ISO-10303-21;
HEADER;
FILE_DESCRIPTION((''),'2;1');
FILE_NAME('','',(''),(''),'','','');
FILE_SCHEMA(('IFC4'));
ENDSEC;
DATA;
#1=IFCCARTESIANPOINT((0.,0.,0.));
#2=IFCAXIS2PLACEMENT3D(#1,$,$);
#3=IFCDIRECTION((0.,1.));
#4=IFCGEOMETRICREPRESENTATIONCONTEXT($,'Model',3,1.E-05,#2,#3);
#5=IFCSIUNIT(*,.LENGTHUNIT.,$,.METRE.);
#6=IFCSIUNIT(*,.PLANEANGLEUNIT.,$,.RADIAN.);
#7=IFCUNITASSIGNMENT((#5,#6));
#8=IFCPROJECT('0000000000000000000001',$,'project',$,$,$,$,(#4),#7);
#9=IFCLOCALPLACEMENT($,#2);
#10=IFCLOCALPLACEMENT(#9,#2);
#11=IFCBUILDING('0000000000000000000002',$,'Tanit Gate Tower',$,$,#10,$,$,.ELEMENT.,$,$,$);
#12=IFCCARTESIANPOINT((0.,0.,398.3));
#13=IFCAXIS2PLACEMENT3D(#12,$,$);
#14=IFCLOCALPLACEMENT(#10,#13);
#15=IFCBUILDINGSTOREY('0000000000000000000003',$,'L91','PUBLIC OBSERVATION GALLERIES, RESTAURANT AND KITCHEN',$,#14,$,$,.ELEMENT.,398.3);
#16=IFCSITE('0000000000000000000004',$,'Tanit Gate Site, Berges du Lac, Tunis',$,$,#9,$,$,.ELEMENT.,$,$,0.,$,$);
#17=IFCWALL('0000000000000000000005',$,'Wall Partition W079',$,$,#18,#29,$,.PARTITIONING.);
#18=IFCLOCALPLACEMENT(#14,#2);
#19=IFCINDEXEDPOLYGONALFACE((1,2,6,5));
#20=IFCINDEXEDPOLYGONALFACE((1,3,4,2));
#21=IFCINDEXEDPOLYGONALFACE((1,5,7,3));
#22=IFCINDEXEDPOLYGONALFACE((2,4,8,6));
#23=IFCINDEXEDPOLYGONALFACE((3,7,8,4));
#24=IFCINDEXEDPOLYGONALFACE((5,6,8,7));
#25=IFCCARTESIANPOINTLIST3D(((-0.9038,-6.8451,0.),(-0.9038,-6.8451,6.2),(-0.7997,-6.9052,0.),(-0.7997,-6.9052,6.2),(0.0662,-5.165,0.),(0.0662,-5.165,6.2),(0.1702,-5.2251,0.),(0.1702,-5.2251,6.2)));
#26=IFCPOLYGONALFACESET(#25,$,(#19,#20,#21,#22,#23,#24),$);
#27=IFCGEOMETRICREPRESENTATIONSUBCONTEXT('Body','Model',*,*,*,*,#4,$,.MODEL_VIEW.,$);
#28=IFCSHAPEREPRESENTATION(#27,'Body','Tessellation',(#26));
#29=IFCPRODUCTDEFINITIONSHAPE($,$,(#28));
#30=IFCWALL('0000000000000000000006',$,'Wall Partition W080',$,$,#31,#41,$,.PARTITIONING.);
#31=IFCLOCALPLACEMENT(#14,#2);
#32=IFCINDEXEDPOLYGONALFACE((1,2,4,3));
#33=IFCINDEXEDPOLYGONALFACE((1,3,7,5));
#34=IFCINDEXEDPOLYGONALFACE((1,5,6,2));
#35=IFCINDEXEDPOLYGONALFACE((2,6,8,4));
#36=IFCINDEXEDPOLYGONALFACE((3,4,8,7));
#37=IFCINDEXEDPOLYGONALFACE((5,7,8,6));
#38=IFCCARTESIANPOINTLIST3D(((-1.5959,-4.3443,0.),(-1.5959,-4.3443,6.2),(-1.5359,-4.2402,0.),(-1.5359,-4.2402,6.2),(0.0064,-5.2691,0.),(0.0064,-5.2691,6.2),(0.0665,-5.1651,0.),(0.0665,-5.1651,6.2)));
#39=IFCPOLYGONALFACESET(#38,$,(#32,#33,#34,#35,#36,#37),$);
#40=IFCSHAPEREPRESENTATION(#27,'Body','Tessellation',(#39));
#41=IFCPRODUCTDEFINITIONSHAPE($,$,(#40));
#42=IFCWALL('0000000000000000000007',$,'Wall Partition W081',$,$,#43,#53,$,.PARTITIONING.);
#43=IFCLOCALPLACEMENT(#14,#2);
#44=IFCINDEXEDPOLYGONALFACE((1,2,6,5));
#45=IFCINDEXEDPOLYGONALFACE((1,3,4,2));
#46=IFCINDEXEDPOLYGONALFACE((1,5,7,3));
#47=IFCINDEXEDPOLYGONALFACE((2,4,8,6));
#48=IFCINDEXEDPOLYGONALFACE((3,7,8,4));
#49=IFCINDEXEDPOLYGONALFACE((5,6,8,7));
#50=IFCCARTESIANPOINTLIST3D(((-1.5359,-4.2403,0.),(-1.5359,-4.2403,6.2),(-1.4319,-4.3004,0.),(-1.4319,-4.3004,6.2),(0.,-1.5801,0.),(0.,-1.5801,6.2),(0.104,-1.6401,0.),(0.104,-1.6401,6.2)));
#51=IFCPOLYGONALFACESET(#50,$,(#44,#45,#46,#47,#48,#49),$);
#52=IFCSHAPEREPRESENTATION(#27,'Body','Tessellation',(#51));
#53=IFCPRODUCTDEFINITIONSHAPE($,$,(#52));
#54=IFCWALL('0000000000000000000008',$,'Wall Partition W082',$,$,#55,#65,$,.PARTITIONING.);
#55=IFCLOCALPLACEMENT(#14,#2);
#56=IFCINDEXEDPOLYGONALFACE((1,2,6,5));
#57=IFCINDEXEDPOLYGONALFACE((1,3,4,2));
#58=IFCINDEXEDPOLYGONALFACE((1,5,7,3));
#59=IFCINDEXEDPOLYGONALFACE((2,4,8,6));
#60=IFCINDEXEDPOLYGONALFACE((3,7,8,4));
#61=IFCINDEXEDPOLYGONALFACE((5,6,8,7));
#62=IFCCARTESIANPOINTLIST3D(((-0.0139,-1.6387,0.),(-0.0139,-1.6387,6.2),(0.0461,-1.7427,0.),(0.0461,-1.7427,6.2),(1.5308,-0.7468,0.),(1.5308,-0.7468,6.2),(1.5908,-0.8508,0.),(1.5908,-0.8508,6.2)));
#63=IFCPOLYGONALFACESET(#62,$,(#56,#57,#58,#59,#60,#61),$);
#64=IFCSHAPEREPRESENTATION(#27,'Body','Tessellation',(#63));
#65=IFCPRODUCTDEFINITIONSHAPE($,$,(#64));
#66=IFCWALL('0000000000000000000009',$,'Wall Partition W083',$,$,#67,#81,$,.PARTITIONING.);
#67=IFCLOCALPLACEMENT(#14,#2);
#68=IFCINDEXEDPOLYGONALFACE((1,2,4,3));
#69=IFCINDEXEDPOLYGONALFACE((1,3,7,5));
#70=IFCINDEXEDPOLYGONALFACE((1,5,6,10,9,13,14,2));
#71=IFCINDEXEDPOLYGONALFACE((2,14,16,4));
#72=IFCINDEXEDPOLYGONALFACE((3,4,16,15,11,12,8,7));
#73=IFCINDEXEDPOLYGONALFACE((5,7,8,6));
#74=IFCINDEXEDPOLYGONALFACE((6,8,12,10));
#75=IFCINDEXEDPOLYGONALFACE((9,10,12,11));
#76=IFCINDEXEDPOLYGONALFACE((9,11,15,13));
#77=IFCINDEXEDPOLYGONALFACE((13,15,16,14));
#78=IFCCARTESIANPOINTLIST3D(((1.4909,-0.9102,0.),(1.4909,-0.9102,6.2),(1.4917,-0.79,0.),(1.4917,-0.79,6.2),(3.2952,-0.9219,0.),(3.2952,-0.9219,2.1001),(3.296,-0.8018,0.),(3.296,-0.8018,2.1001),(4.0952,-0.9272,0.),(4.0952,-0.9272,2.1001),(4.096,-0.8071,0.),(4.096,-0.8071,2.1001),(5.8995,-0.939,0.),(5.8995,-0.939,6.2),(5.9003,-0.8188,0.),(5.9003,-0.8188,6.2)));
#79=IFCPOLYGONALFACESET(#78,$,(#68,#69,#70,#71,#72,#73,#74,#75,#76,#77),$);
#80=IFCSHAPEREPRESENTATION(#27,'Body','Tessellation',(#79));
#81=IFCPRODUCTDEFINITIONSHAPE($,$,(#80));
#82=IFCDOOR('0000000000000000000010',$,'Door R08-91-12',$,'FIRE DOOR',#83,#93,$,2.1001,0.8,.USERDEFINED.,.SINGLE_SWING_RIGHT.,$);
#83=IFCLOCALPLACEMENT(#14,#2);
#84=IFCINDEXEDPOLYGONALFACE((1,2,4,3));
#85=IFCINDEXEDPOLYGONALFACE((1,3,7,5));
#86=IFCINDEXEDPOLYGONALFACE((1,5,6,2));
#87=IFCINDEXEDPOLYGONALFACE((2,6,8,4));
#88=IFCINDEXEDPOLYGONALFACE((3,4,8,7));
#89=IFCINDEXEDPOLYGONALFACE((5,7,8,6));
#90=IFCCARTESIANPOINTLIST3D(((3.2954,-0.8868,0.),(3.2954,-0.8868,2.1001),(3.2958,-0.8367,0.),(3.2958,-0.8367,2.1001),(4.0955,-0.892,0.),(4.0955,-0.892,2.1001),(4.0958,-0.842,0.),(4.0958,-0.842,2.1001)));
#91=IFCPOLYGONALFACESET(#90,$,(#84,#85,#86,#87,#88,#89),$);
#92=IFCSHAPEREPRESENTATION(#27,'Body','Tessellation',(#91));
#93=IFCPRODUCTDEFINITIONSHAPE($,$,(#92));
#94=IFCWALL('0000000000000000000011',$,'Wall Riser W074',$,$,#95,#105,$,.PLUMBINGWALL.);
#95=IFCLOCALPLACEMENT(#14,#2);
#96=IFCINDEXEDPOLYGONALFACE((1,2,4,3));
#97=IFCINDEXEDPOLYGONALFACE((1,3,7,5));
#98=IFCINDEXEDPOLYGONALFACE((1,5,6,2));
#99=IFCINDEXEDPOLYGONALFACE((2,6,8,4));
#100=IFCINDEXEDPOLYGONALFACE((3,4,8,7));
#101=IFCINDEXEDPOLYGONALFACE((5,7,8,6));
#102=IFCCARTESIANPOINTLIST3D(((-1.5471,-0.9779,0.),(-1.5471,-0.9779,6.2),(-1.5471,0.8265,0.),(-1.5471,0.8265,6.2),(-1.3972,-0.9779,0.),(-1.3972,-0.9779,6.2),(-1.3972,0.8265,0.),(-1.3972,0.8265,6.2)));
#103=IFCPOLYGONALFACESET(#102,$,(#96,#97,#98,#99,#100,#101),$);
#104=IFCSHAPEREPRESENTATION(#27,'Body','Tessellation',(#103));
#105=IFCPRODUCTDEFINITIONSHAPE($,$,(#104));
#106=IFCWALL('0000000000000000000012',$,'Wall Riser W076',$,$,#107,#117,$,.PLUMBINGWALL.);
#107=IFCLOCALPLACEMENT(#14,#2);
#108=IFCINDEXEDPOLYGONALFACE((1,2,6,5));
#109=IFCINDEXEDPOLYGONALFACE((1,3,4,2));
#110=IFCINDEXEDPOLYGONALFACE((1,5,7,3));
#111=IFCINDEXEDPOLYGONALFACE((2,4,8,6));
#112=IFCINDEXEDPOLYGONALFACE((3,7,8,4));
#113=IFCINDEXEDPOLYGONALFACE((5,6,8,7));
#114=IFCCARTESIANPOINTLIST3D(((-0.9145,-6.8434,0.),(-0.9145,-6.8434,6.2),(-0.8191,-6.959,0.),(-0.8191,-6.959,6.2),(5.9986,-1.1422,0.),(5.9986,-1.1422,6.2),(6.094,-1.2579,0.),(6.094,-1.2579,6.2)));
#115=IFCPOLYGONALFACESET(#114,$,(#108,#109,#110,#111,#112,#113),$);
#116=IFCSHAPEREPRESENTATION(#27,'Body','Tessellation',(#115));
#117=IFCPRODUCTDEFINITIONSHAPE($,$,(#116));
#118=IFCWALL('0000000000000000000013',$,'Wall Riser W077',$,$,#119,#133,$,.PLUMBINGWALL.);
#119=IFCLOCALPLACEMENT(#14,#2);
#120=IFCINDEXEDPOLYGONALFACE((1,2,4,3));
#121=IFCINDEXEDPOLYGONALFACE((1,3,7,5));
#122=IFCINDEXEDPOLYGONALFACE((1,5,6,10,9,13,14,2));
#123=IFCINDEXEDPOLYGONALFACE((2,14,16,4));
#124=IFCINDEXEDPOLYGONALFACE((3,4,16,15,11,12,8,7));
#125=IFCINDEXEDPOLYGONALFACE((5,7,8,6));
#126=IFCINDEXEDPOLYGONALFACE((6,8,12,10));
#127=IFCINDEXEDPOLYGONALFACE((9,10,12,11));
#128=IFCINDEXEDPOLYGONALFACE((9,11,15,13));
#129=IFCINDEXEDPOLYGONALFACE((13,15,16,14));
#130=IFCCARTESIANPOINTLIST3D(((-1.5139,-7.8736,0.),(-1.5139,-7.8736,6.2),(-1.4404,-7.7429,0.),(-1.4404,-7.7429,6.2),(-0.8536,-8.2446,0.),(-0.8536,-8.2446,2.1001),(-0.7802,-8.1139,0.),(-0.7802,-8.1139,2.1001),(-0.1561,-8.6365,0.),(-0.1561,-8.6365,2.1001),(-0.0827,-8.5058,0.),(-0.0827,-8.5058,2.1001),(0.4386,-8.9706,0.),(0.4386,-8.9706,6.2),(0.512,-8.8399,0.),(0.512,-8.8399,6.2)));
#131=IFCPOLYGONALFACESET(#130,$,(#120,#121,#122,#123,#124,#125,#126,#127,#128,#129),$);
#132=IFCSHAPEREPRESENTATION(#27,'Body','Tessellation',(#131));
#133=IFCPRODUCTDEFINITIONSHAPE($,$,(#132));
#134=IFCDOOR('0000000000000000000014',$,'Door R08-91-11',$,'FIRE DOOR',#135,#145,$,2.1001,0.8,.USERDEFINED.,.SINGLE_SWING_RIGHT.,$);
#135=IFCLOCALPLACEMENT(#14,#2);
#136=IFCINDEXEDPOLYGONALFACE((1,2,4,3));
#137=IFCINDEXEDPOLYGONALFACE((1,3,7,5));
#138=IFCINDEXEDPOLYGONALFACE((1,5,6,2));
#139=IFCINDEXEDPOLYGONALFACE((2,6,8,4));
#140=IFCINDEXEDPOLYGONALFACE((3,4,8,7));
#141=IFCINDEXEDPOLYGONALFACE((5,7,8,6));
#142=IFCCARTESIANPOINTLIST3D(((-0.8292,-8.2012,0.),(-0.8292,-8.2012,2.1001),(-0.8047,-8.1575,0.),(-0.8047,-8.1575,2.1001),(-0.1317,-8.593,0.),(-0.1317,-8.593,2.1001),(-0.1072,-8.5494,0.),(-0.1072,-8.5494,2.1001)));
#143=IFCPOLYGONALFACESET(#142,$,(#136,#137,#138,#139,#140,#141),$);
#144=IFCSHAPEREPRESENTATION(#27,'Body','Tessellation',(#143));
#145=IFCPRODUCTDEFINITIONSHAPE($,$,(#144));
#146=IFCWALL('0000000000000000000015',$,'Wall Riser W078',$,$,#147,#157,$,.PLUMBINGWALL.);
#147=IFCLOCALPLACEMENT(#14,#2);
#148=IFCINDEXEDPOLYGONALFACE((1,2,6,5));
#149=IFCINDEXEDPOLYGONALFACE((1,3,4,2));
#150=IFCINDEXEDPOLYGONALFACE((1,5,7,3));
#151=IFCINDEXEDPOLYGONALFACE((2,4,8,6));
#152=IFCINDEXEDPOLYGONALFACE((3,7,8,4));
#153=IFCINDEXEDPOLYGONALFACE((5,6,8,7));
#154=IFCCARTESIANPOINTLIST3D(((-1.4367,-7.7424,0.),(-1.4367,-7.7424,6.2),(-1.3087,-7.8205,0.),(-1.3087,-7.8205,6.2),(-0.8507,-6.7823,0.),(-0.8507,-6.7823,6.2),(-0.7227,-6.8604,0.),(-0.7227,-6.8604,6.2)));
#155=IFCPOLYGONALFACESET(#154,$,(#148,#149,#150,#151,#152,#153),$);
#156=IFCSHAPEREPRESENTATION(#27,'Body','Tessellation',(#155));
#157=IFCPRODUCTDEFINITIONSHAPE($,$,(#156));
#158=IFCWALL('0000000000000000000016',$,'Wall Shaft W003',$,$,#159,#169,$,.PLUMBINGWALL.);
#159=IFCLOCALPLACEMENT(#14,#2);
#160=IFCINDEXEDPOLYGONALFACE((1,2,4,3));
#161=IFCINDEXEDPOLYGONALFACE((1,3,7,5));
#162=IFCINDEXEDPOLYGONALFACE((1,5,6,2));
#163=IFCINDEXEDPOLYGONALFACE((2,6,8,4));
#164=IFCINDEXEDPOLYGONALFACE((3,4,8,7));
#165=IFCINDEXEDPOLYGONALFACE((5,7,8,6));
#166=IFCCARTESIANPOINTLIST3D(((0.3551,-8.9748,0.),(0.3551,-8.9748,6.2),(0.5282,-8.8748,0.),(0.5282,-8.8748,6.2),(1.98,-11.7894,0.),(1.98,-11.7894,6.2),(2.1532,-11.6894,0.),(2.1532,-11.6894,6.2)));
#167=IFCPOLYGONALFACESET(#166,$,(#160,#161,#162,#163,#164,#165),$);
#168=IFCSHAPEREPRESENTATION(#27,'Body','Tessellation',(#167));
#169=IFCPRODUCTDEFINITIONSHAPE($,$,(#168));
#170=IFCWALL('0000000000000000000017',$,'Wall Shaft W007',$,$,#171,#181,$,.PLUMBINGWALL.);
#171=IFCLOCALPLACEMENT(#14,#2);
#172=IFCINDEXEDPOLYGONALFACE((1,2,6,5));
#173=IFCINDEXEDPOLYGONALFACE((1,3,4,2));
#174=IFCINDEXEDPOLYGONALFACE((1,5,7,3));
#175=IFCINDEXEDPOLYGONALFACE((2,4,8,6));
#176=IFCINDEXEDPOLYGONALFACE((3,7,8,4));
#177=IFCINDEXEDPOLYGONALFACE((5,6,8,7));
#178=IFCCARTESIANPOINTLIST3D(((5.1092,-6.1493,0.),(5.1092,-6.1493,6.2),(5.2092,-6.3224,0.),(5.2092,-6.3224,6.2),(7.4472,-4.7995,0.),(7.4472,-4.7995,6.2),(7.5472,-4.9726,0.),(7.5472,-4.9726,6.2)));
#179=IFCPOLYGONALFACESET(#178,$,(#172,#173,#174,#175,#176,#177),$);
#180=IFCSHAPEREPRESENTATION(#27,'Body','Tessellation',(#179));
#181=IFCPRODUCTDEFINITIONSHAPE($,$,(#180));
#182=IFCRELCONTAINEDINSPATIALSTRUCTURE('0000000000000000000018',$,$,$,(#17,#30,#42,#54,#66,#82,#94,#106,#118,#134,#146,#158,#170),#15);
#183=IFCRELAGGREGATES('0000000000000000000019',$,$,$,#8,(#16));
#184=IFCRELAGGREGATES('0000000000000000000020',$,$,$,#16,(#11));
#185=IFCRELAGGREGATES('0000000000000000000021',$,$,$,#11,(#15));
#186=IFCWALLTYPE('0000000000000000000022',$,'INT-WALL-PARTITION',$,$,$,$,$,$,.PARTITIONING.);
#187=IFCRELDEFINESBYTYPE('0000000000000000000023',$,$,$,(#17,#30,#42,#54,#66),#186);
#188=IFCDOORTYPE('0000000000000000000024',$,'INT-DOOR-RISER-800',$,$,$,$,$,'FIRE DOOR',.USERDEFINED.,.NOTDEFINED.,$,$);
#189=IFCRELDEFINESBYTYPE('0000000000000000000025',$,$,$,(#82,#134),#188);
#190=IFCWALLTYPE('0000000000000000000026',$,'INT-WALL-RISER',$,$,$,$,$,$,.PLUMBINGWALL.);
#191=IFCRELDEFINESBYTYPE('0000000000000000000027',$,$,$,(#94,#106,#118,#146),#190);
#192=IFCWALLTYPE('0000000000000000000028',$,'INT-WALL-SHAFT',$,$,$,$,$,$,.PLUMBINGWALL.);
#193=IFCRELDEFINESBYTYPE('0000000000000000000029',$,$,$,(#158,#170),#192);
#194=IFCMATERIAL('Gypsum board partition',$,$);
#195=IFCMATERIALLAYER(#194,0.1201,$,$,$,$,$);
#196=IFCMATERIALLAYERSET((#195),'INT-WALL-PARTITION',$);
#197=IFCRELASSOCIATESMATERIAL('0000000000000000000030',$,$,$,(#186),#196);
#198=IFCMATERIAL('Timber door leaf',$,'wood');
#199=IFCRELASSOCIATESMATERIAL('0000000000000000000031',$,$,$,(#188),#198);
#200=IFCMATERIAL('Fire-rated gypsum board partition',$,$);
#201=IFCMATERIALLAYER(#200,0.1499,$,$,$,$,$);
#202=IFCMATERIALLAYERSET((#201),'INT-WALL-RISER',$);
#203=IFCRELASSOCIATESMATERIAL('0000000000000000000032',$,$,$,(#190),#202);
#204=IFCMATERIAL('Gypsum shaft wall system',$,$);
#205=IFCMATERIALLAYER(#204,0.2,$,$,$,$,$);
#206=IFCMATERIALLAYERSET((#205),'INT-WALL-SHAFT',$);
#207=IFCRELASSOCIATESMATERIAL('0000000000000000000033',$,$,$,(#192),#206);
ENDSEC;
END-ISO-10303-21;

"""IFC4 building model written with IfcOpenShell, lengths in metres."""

from ifc_helpers import new_model, si_unit, direction, frame, frame_2d, origin, place, context, subcontext, project, spatial, rectangle, extrude, material, layer, layer_set, type_object, element, fill, save


model = new_model("IFC4")

# Units and contexts
model_context = context("Model", 3, precision=1e-05, world=origin(), true_north=direction((0.0, 1.0)))
body_context = subcontext(model_context, "Body", "Model", "MODEL_VIEW")
ifc_project = project(units=[si_unit("LENGTHUNIT", "METRE"), si_unit("PLANEANGLEUNIT", "RADIAN")], contexts=[model_context])

# Site, building, storey
site_placement = place(None, origin())
site = spatial("IfcSite", under=ifc_project, at=site_placement, Name="Tanit Gate Site, Berges du Lac, Tunis", CompositionType="ELEMENT", RefElevation=0.0)
building_placement = place(site_placement, origin())
building = spatial("IfcBuilding", under=site, at=building_placement, Name="Tanit Gate Tower", CompositionType="ELEMENT")
storey_placement = place(building_placement, frame((0.0, 0.0, 398.3)))
storey = spatial("IfcBuildingStorey", under=building, at=storey_placement, Name="L91", Description="PUBLIC OBSERVATION GALLERIES, RESTAURANT AND KITCHEN", CompositionType="ELEMENT", Elevation=398.3)

# Walls
ifc_material_1 = material(Name="Gypsum board partition")
ifc_layer_1 = layer(ifc_material_1, 0.1201)
ifc_layer_set_1 = layer_set([ifc_layer_1], Name="INT-WALL-PARTITION")
wall_type_1 = type_object("IfcWallType", Name="INT-WALL-PARTITION", PredefinedType="PARTITIONING", material=ifc_layer_set_1)
wall_1_placement = place(storey_placement, frame((0.1182, -5.1951, 0.0), z_axis=(0.0, 0.0, 1.0), x_axis=(-0.499969, -0.866043, 0.0)))
element("IfcWall", 1, at=wall_1_placement, inside=storey, type_object=wall_type_1, Name="Wall Partition W079", PredefinedType="PARTITIONING", context=body_context, shape_type="SweptSolid", body=[
    extrude(rectangle(XDim=1.9399, YDim=0.1201, at=frame_2d((0.97, 0.0))), origin(), (0.0, 0.0, 1.0), 6.2),
])
wall_2_placement = place(storey_placement, frame((-1.5659, -4.2922, 0.0), z_axis=(0.0, 0.0, 1.0), x_axis=(0.866091, -0.499886, 0.0)))
element("IfcWall", 2, at=wall_2_placement, inside=storey, type_object=wall_type_1, Name="Wall Partition W080", PredefinedType="PARTITIONING", context=body_context, shape_type="SweptSolid", body=[
    extrude(rectangle(XDim=1.8501, YDim=0.1201, at=frame_2d((0.925, 0.0))), origin(), (0.0, 0.0, 1.0), 6.2),
])
wall_3_placement = place(storey_placement, frame((0.052, -1.6101, 0.0), z_axis=(0.0, 0.0, 1.0), x_axis=(-0.500011, -0.866019, 0.0)))
element("IfcWall", 3, at=wall_3_placement, inside=storey, type_object=wall_type_1, Name="Wall Partition W081", PredefinedType="PARTITIONING", context=body_context, shape_type="SweptSolid", body=[
    extrude(rectangle(XDim=3.0718, YDim=0.1201, at=frame_2d((1.5359, 0.0))), origin(), (0.0, 0.0, 1.0), 6.2),
])
wall_4_placement = place(storey_placement, frame((1.5608, -0.7988, 0.0), z_axis=(0.0, 0.0, 1.0), x_axis=(-0.866019, -0.500011, 0.0)))
element("IfcWall", 4, at=wall_4_placement, inside=storey, type_object=wall_type_1, Name="Wall Partition W082", PredefinedType="PARTITIONING", context=body_context, shape_type="SweptSolid", body=[
    extrude(rectangle(XDim=1.7837, YDim=0.1201, at=frame_2d((0.8918, 0.0))), origin(), (0.0, 0.0, 1.0), 6.2),
])

# Wall, opening, door
wall_5_placement = place(storey_placement, frame((5.8999, -0.8789, 0.0), z_axis=(0.0, 0.0, 1.0), x_axis=(-0.999979, 0.006534, 0.0)))
wall_5 = element("IfcWall", 5, at=wall_5_placement, inside=storey, type_object=wall_type_1, Name="Wall Partition W083", PredefinedType="PARTITIONING", context=body_context, shape_type="SweptSolid", body=[
    extrude(rectangle(XDim=4.4087, YDim=0.1201, at=frame_2d((2.2043, 0.0))), origin(), (0.0, 0.0, 1.0), 6.2),
])
opening_1_placement = place(wall_5_placement, frame((1.8044, 0.0, 0.0)))
opening_1 = element("IfcOpeningElement", 6, at=opening_1_placement, cuts=wall_5, PredefinedType="OPENING", context=body_context, shape_type="SweptSolid", body=[
    extrude(rectangle(XDim=0.8, YDim=2.1001, at=frame_2d((0.3999, 1.05))), frame((0.0, 0.0701, 0.0), z_axis=(0.0, -1.0, 0.0), x_axis=(1.0, 0.0, 0.0)), (0.0, 0.0, 1.0), 0.1401),
])
ifc_material_2 = material(Name="Timber door leaf", Category="wood")
door_type = type_object("IfcDoorType", Name="INT-DOOR-RISER-800", ElementType="FIRE DOOR", OperationType="NOTDEFINED", PredefinedType="USERDEFINED", material=ifc_material_2)
door_1_placement = place(opening_1_placement, origin())
door_1 = element("IfcDoor", 7, at=door_1_placement, inside=storey, type_object=door_type, Name="Door R08-91-12", ObjectType="FIRE DOOR", OperationType="SINGLE_SWING_RIGHT", OverallHeight=2.1001, OverallWidth=0.8, PredefinedType="USERDEFINED", context=body_context, shape_type="SweptSolid", body=[
    extrude(rectangle(XDim=0.8, YDim=2.1001, at=frame_2d((0.3999, 1.05))), frame((0.0, 0.0249, 0.0), z_axis=(0.0, -1.0, 0.0), x_axis=(1.0, 0.0, 0.0)), (0.0, 0.0, 1.0), 0.05),
])
fill(opening_1, door_1)

# Walls
ifc_material_3 = material(Name="Fire-rated gypsum board partition")
ifc_layer_2 = layer(ifc_material_3, 0.1499)
ifc_layer_set_2 = layer_set([ifc_layer_2], Name="INT-WALL-RISER")
wall_type_2 = type_object("IfcWallType", Name="INT-WALL-RISER", PredefinedType="PLUMBINGWALL", material=ifc_layer_set_2)
wall_6_placement = place(storey_placement, frame((-1.4722, -0.978, 0.0), z_axis=(0.0, 0.0, 1.0), x_axis=(0.0, 1.0, 0.0)))
element("IfcWall", 8, at=wall_6_placement, inside=storey, type_object=wall_type_2, Name="Wall Riser W074", PredefinedType="PLUMBINGWALL", context=body_context, shape_type="SweptSolid", body=[
    extrude(rectangle(XDim=1.8044, YDim=0.1499, at=frame_2d((0.9023, 0.0))), origin(), (0.0, 0.0, 1.0), 6.2),
])
wall_7_placement = place(storey_placement, frame((6.0464, -1.2, 0.0), z_axis=(0.0, 0.0, 1.0), x_axis=(-0.77149, -0.636242, 0.0)))
element("IfcWall", 9, at=wall_7_placement, inside=storey, type_object=wall_type_2, Name="Wall Riser W076", PredefinedType="PLUMBINGWALL", context=body_context, shape_type="SweptSolid", body=[
    extrude(rectangle(XDim=8.9607, YDim=0.1499, at=frame_2d((4.4805, 0.0))), origin(), (0.0, 0.0, 1.0), 6.2),
])

# Wall, opening, door
wall_8_placement = place(storey_placement, frame((-1.4771, -7.8083, 0.0), z_axis=(0.0, 0.0, 1.0), x_axis=(0.871823, -0.489821, 0.0)))
wall_8 = element("IfcWall", 10, at=wall_8_placement, inside=storey, type_object=wall_type_2, Name="Wall Riser W077", PredefinedType="PLUMBINGWALL", context=body_context, shape_type="SweptSolid", body=[
    extrude(rectangle(XDim=2.2395, YDim=0.1499, at=frame_2d((1.1196, 0.0))), origin(), (0.0, 0.0, 1.0), 6.2),
])
opening_2_placement = place(wall_8_placement, frame((0.7573, 0.0, 0.0)))
opening_2 = element("IfcOpeningElement", 11, at=opening_2_placement, cuts=wall_8, PredefinedType="OPENING", context=body_context, shape_type="SweptSolid", body=[
    extrude(rectangle(XDim=0.8, YDim=2.1001, at=frame_2d((0.3999, 1.05))), frame((0.0, 0.085, 0.0), z_axis=(0.0, -1.0, 0.0), x_axis=(1.0, 0.0, 0.0)), (0.0, 0.0, 1.0), 0.1699),
])
door_2_placement = place(opening_2_placement, origin())
door_2 = element("IfcDoor", 12, at=door_2_placement, inside=storey, type_object=door_type, Name="Door R08-91-11", ObjectType="FIRE DOOR", OperationType="SINGLE_SWING_RIGHT", OverallHeight=2.1001, OverallWidth=0.8, PredefinedType="USERDEFINED", context=body_context, shape_type="SweptSolid", body=[
    extrude(rectangle(XDim=0.8, YDim=2.1001, at=frame_2d((0.3999, 1.05))), frame((0.0, 0.0249, 0.0), z_axis=(0.0, -1.0, 0.0), x_axis=(1.0, 0.0, 0.0)), (0.0, 0.0, 1.0), 0.05),
])
fill(opening_2, door_2)

# Walls
wall_9_placement = place(storey_placement, frame((-0.7866, -6.8213, 0.0), z_axis=(0.0, 0.0, 1.0), x_axis=(-0.520993, -0.853561, 0.0)))
element("IfcWall", 13, at=wall_9_placement, inside=storey, type_object=wall_type_2, Name="Wall Riser W078", PredefinedType="PLUMBINGWALL", context=body_context, shape_type="SweptSolid", body=[
    extrude(rectangle(XDim=1.1248, YDim=0.1499, at=frame_2d((0.5625, 0.0))), origin(), (0.0, 0.0, 1.0), 6.2),
])
ifc_material_4 = material(Name="Gypsum shaft wall system")
ifc_layer_3 = layer(ifc_material_4, 0.2)
ifc_layer_set_3 = layer_set([ifc_layer_3], Name="INT-WALL-SHAFT")
wall_type_3 = type_object("IfcWallType", Name="INT-WALL-SHAFT", PredefinedType="PLUMBINGWALL", material=ifc_layer_set_3)
wall_10_placement = place(storey_placement, frame((0.4417, -8.9248, 0.0), z_axis=(0.0, 0.0, 1.0), x_axis=(0.499985, -0.866034, 0.0)))
element("IfcWall", 14, at=wall_10_placement, inside=storey, type_object=wall_type_3, Name="Wall Shaft W003", PredefinedType="PLUMBINGWALL", context=body_context, shape_type="SweptSolid", body=[
    extrude(rectangle(XDim=3.25, YDim=0.2, at=frame_2d((1.625, 0.0))), origin(), (0.0, 0.0, 1.0), 6.2),
])
wall_11_placement = place(storey_placement, frame((5.1592, -6.2358, 0.0), z_axis=(0.0, 0.0, 1.0), x_axis=(0.866037, 0.499981, 0.0)))
element("IfcWall", 15, at=wall_11_placement, inside=storey, type_object=wall_type_3, Name="Wall Shaft W007", PredefinedType="PLUMBINGWALL", context=body_context, shape_type="SweptSolid", body=[
    extrude(rectangle(XDim=2.6997, YDim=0.2, at=frame_2d((1.3499, 0.0))), origin(), (0.0, 0.0, 1.0), 6.2),
])

save(model, "model.ifc")
